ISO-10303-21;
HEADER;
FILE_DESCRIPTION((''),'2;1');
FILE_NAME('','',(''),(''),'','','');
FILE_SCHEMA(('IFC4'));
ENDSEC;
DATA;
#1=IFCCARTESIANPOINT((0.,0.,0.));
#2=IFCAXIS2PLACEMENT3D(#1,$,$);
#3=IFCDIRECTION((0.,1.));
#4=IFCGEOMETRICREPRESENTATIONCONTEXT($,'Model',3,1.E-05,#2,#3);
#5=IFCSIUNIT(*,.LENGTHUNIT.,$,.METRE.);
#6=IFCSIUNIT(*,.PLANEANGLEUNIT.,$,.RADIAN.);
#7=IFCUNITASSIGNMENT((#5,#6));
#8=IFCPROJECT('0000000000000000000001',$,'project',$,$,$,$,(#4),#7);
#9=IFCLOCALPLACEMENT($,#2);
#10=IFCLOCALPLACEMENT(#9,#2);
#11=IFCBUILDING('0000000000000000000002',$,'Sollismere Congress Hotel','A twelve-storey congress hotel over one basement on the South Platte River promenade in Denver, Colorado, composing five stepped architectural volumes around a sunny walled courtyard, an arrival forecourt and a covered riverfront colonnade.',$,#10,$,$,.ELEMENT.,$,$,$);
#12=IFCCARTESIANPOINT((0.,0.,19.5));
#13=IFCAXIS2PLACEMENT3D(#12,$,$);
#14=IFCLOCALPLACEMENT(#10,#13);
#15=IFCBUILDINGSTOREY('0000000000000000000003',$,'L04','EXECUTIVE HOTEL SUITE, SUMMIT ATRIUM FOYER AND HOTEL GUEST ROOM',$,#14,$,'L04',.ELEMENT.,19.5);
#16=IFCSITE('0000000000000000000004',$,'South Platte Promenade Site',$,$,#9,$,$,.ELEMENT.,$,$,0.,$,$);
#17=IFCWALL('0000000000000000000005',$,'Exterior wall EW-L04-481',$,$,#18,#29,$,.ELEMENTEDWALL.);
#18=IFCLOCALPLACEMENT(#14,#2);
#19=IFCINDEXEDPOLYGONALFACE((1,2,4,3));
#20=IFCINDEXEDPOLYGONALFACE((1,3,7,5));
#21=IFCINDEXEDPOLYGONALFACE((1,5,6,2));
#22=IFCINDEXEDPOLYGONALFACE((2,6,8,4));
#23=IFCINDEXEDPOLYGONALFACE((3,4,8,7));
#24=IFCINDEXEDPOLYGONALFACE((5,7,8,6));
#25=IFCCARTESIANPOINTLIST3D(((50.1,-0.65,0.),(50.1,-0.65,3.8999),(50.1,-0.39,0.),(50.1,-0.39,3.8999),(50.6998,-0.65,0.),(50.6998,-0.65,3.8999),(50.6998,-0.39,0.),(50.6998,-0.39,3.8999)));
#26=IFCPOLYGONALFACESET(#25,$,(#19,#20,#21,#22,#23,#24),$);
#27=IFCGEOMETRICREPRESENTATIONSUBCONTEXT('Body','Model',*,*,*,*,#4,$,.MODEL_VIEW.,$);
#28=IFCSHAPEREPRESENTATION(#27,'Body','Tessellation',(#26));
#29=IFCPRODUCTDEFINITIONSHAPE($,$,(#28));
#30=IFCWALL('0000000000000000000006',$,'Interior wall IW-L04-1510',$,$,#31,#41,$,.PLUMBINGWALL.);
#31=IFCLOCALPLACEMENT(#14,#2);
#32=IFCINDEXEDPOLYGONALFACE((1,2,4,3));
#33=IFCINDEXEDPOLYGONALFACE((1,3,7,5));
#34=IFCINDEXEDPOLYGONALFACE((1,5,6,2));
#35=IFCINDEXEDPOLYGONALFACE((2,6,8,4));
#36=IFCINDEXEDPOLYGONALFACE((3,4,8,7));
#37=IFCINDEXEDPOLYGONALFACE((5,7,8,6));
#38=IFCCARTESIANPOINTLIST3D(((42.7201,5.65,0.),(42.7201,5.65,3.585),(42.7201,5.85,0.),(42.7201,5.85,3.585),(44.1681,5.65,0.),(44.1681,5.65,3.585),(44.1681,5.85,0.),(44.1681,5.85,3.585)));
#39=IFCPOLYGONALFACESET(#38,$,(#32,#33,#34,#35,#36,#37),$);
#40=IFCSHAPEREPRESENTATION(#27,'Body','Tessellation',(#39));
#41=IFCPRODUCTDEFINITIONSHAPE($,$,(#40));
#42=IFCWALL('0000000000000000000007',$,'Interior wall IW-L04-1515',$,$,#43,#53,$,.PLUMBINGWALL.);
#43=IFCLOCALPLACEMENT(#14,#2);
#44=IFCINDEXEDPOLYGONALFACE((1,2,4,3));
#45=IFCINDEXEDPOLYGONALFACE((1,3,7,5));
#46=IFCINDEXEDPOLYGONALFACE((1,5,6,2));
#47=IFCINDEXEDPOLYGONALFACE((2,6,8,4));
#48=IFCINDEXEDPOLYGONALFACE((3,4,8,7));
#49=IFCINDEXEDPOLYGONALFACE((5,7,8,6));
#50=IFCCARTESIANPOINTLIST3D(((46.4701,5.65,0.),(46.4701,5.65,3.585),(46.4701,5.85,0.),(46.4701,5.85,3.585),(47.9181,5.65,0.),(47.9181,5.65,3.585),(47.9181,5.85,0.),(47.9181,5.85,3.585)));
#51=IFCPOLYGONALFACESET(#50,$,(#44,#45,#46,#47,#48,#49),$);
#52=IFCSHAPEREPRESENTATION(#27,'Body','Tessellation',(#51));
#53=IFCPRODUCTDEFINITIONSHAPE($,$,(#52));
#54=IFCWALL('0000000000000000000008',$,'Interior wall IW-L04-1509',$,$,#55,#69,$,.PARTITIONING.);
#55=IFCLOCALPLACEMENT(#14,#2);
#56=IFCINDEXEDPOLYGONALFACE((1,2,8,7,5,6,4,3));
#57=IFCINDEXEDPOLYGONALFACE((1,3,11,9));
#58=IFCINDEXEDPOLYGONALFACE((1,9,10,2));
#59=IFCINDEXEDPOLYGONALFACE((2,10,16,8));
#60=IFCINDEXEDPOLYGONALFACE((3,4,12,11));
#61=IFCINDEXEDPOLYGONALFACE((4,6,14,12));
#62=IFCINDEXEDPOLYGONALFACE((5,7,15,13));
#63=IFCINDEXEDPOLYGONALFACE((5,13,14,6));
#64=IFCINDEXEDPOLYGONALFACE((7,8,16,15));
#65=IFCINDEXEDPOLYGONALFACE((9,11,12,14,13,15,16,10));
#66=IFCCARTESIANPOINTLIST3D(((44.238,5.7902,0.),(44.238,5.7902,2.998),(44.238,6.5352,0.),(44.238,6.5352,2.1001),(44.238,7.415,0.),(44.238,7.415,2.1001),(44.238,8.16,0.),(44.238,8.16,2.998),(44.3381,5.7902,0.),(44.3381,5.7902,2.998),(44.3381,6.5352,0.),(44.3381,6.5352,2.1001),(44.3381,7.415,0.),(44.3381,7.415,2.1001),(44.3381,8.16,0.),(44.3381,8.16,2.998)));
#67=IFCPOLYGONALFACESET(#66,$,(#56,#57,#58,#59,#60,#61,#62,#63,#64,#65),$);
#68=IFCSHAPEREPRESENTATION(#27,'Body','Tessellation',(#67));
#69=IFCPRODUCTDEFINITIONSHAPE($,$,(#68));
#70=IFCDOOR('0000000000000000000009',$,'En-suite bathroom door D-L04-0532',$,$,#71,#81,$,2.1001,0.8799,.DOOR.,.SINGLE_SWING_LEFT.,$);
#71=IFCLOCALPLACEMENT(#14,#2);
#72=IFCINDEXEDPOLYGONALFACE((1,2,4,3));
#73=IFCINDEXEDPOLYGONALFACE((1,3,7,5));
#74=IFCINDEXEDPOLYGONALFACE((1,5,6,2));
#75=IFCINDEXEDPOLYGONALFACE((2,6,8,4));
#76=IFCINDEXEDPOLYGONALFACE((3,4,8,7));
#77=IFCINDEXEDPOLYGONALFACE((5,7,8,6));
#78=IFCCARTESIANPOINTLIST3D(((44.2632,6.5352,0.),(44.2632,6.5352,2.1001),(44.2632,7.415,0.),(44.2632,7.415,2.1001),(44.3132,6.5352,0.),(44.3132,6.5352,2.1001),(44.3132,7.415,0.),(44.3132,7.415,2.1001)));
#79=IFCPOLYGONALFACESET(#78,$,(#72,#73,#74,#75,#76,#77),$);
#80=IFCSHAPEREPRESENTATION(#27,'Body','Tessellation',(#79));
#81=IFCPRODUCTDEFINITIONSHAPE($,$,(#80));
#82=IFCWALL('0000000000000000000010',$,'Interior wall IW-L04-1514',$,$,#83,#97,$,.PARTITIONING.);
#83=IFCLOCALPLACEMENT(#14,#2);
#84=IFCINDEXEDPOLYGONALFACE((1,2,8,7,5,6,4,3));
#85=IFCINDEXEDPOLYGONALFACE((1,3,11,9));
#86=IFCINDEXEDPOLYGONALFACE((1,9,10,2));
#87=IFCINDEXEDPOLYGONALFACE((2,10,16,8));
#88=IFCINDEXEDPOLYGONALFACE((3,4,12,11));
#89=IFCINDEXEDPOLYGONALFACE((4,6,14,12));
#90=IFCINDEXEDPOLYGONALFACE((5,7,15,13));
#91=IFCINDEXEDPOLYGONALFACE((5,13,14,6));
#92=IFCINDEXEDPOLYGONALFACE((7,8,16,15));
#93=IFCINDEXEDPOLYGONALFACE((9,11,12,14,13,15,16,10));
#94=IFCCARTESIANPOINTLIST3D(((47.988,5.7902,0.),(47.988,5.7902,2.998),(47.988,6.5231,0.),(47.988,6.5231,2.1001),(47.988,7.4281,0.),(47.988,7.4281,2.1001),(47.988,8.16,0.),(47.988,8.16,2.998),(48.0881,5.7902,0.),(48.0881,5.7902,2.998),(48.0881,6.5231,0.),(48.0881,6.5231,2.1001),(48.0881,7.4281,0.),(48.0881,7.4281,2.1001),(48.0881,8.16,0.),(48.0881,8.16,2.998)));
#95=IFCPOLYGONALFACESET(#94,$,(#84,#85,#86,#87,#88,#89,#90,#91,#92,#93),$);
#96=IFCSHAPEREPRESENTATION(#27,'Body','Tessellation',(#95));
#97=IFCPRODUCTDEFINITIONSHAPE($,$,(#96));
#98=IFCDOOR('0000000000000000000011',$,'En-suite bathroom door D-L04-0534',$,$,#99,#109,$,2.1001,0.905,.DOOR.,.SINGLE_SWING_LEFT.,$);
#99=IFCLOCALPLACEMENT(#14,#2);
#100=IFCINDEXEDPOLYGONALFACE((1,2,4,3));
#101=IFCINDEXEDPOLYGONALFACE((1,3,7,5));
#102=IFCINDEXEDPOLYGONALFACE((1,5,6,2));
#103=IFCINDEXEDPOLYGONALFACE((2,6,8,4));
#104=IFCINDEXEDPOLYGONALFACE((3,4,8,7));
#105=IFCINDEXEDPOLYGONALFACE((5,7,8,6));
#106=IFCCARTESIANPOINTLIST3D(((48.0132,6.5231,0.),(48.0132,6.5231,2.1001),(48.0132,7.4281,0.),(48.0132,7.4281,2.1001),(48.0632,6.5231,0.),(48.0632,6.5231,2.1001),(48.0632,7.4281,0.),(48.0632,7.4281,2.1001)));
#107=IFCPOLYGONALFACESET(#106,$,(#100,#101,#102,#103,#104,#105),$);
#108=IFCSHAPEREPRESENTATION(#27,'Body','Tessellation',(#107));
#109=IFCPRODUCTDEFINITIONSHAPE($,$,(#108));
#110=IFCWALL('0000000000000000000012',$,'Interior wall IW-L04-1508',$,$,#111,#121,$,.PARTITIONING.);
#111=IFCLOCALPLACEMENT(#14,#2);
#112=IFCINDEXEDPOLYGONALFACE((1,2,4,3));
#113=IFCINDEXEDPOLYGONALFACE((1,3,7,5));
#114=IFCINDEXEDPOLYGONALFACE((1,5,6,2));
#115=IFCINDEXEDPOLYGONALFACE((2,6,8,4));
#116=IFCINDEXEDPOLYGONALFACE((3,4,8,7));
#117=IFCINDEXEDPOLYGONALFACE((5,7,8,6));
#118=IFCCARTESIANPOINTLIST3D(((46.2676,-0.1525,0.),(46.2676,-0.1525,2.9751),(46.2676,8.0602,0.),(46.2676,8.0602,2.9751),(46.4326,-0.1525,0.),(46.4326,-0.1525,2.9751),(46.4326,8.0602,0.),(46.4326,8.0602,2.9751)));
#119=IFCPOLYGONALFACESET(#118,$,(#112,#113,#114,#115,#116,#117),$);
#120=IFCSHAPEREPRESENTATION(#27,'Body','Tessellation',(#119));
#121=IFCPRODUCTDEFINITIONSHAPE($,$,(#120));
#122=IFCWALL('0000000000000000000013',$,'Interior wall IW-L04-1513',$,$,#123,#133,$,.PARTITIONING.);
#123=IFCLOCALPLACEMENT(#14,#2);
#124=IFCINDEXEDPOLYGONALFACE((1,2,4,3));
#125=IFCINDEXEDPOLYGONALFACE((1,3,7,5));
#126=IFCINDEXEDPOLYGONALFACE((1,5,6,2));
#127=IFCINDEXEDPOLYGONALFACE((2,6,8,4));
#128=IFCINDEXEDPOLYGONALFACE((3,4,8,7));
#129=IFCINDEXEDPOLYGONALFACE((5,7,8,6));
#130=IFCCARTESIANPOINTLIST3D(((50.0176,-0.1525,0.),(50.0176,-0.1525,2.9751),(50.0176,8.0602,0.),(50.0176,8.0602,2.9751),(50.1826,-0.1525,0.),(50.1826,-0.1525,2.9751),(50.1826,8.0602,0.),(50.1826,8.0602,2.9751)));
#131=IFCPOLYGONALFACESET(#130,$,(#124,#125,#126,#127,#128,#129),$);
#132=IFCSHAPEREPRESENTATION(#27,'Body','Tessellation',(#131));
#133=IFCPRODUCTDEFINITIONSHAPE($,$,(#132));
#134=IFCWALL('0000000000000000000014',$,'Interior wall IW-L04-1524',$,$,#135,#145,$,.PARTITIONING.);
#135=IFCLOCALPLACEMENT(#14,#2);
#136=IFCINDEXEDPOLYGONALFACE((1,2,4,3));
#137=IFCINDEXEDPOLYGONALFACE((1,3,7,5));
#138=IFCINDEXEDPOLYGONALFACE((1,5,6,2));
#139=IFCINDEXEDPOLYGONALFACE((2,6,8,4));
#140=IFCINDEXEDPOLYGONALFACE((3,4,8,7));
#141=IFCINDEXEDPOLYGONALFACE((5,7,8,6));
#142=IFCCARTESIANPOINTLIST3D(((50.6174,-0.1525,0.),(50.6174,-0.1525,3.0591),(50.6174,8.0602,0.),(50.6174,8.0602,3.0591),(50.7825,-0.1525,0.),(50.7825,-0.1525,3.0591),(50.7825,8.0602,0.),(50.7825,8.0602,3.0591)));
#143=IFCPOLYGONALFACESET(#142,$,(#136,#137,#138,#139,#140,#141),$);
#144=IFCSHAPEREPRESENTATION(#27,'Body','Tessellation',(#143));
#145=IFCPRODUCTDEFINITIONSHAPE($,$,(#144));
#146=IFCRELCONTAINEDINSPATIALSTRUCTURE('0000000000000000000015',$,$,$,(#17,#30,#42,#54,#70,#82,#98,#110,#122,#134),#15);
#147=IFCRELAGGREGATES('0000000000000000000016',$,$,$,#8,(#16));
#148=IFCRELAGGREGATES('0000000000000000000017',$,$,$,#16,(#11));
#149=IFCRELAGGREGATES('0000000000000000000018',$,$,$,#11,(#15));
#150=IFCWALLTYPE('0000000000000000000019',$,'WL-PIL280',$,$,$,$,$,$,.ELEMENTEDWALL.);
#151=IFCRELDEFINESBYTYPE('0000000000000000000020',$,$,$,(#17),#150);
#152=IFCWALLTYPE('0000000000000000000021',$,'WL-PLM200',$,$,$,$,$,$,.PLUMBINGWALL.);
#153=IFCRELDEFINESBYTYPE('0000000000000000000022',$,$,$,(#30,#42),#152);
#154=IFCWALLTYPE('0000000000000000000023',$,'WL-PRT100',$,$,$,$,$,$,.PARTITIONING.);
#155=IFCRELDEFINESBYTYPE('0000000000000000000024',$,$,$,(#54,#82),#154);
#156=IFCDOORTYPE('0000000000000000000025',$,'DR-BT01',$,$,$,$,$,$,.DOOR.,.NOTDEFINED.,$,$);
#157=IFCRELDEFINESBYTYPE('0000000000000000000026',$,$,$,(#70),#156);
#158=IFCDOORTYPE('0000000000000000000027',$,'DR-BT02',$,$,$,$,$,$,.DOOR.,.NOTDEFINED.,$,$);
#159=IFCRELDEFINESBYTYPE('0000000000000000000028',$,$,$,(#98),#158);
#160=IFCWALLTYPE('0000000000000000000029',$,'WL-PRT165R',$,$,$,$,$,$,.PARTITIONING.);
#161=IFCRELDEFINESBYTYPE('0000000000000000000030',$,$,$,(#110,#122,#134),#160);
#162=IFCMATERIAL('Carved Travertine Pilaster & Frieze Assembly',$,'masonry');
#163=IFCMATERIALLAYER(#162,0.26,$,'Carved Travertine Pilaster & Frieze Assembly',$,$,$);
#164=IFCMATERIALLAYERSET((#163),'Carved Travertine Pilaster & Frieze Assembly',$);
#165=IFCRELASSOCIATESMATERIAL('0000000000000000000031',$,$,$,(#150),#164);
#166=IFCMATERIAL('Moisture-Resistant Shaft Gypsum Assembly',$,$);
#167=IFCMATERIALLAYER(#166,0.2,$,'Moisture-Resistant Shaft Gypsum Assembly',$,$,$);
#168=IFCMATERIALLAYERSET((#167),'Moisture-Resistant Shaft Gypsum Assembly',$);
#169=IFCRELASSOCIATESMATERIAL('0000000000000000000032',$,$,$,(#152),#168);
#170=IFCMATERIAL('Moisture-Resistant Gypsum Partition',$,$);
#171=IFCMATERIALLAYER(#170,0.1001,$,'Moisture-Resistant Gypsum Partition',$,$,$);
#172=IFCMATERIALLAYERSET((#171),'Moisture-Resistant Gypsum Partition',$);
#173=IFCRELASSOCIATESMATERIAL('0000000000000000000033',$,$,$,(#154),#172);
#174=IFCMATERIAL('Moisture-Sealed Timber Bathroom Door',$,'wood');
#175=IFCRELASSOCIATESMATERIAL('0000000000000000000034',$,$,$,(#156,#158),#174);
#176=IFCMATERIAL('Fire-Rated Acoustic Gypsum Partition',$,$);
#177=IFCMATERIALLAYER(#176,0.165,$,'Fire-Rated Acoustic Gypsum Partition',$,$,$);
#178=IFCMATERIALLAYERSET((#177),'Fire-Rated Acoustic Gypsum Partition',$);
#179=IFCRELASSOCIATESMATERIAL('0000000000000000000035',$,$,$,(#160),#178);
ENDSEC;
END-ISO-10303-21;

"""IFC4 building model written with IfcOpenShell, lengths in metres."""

from ifc_helpers import new_model, si_unit, direction, frame, frame_2d, origin, place, context, subcontext, project, spatial, rectangle, extrude, material, layer, layer_set, type_object, element, fill, save


model = new_model("IFC4")

# Units and contexts
model_context = context("Model", 3, precision=1e-05, world=origin(), true_north=direction((0.0, 1.0)))
body_context = subcontext(model_context, "Body", "Model", "MODEL_VIEW")
ifc_project = project(units=[si_unit("LENGTHUNIT", "METRE"), si_unit("PLANEANGLEUNIT", "RADIAN")], contexts=[model_context])

# Site, building, storey
site_placement = place(None, origin())
site = spatial("IfcSite", under=ifc_project, at=site_placement, Name="South Platte Promenade Site", CompositionType="ELEMENT", RefElevation=0.0)
building_placement = place(site_placement, origin())
building = spatial("IfcBuilding", under=site, at=building_placement, Name="Sollismere Congress Hotel", Description="A twelve-storey congress hotel over one basement on the South Platte River promenade in Denver, Colorado, composing five stepped architectural volumes around a sunny walled courtyard, an arrival forecourt and a covered riverfront colonnade.", CompositionType="ELEMENT")
storey_placement = place(building_placement, frame((0.0, 0.0, 19.5)))
storey = spatial("IfcBuildingStorey", under=building, at=storey_placement, Name="L04", Description="EXECUTIVE HOTEL SUITE, SUMMIT ATRIUM FOYER AND HOTEL GUEST ROOM", LongName="L04", CompositionType="ELEMENT", Elevation=19.5)

# Walls
ifc_material_1 = material(Name="Carved Travertine Pilaster & Frieze Assembly", Category="masonry")
ifc_layer_1 = layer(ifc_material_1, 0.26, Name="Carved Travertine Pilaster & Frieze Assembly")
ifc_layer_set_1 = layer_set([ifc_layer_1], Name="Carved Travertine Pilaster & Frieze Assembly")
wall_type_1 = type_object("IfcWallType", Name="WL-PIL280", PredefinedType="ELEMENTEDWALL", material=ifc_layer_set_1)
wall_1_placement = place(storey_placement, frame((50.1001, -0.52, 0.0), z_axis=(0.0, 0.0, 1.0), x_axis=(1.0, 0.0, 0.0)))
element("IfcWall", 1, at=wall_1_placement, inside=storey, type_object=wall_type_1, Name="Exterior wall EW-L04-481", PredefinedType="ELEMENTEDWALL", context=body_context, shape_type="SweptSolid", body=[
    extrude(rectangle(XDim=0.5999, YDim=0.26, at=frame_2d((0.2998, 0.0))), origin(), (0.0, 0.0, 1.0), 3.8999),
])
ifc_material_2 = material(Name="Moisture-Resistant Shaft Gypsum Assembly")
ifc_layer_2 = layer(ifc_material_2, 0.2, Name="Moisture-Resistant Shaft Gypsum Assembly")
ifc_layer_set_2 = layer_set([ifc_layer_2], Name="Moisture-Resistant Shaft Gypsum Assembly")
wall_type_2 = type_object("IfcWallType", Name="WL-PLM200", PredefinedType="PLUMBINGWALL", material=ifc_layer_set_2)
for number, where, z_axis, x_axis, name in (
    (2, (42.72, 5.75, 0.0), (0.0, 0.0, 1.0), (1.0, 0.0, 0.0), "Interior wall IW-L04-1510"),
    (3, (46.47, 5.75, 0.0), (0.0, 0.0, 1.0), (1.0, 0.0, 0.0), "Interior wall IW-L04-1515"),
):
    element("IfcWall", number, at=place(storey_placement, frame(where, z_axis=z_axis, x_axis=x_axis)), inside=storey, type_object=wall_type_2, Name=name, PredefinedType="PLUMBINGWALL", context=body_context, shape_type="SweptSolid", body=[
        extrude(rectangle(XDim=1.448, YDim=0.2, at=frame_2d((0.7241, 0.0))), origin(), (0.0, 0.0, 1.0), 3.585),
    ])

# Walls, openings, doors
ifc_material_3 = material(Name="Moisture-Resistant Gypsum Partition")
ifc_layer_3 = layer(ifc_material_3, 0.1001, Name="Moisture-Resistant Gypsum Partition")
ifc_layer_set_3 = layer_set([ifc_layer_3], Name="Moisture-Resistant Gypsum Partition")
wall_type_3 = type_object("IfcWallType", Name="WL-PRT100", PredefinedType="PARTITIONING", material=ifc_layer_set_3)
wall_2_placement = place(storey_placement, frame((44.2881, 5.79, 0.0), z_axis=(0.0, 0.0, 1.0), x_axis=(0.0, 1.0, 0.0)))
wall_2 = element("IfcWall", 4, at=wall_2_placement, inside=storey, type_object=wall_type_3, Name="Interior wall IW-L04-1509", PredefinedType="PARTITIONING", context=body_context, shape_type="SweptSolid", body=[
    extrude(rectangle(XDim=2.3699, YDim=0.1001, at=frame_2d((1.1851, 0.0))), origin(), (0.0, 0.0, 1.0), 2.998),
])
opening_1_placement = place(wall_2_placement, frame((0.7451, 0.0, 0.0)))
opening_1 = element("IfcOpeningElement", 5, at=opening_1_placement, cuts=wall_2, PredefinedType="OPENING", context=body_context, shape_type="SweptSolid", body=[
    extrude(rectangle(XDim=0.8799, YDim=2.1001, at=frame_2d((0.4399, 1.05))), frame((0.0, 0.0601, 0.0), z_axis=(0.0, -1.0, 0.0), x_axis=(1.0, 0.0, 0.0)), (0.0, 0.0, 1.0), 0.1201),
])
ifc_material_4 = material(Name="Moisture-Sealed Timber Bathroom Door", Category="wood")
door_type_1 = type_object("IfcDoorType", Name="DR-BT01", OperationType="NOTDEFINED", PredefinedType="DOOR", material=ifc_material_4)
door_1_placement = place(opening_1_placement, origin())
door_1 = element("IfcDoor", 6, at=door_1_placement, inside=storey, type_object=door_type_1, Name="En-suite bathroom door D-L04-0532", OperationType="SINGLE_SWING_LEFT", OverallHeight=2.1001, OverallWidth=0.8799, PredefinedType="DOOR", context=body_context, shape_type="SweptSolid", body=[
    extrude(rectangle(XDim=0.8799, YDim=2.1001, at=frame_2d((0.4399, 1.05))), frame((0.0, 0.0249, 0.0), z_axis=(0.0, -1.0, 0.0), x_axis=(1.0, 0.0, 0.0)), (0.0, 0.0, 1.0), 0.05),
])
fill(opening_1, door_1)
wall_3_placement = place(storey_placement, frame((48.0381, 5.79, 0.0), z_axis=(0.0, 0.0, 1.0), x_axis=(0.0, 1.0, 0.0)))
wall_3 = element("IfcWall", 7, at=wall_3_placement, inside=storey, type_object=wall_type_3, Name="Interior wall IW-L04-1514", PredefinedType="PARTITIONING", context=body_context, shape_type="SweptSolid", body=[
    extrude(rectangle(XDim=2.3699, YDim=0.1001, at=frame_2d((1.1851, 0.0))), origin(), (0.0, 0.0, 1.0), 2.998),
])
opening_2_placement = place(wall_3_placement, frame((0.7329, 0.0, 0.0)))
opening_2 = element("IfcOpeningElement", 8, at=opening_2_placement, cuts=wall_3, PredefinedType="OPENING", context=body_context, shape_type="SweptSolid", body=[
    extrude(rectangle(XDim=0.905, YDim=2.1001, at=frame_2d((0.4526, 1.05))), frame((0.0, 0.0601, 0.0), z_axis=(0.0, -1.0, 0.0), x_axis=(1.0, 0.0, 0.0)), (0.0, 0.0, 1.0), 0.1201),
])
door_type_2 = type_object("IfcDoorType", Name="DR-BT02", OperationType="NOTDEFINED", PredefinedType="DOOR", material=ifc_material_4)
door_2_placement = place(opening_2_placement, origin())
door_2 = element("IfcDoor", 9, at=door_2_placement, inside=storey, type_object=door_type_2, Name="En-suite bathroom door D-L04-0534", OperationType="SINGLE_SWING_LEFT", OverallHeight=2.1001, OverallWidth=0.905, PredefinedType="DOOR", context=body_context, shape_type="SweptSolid", body=[
    extrude(rectangle(XDim=0.905, YDim=2.1001, at=frame_2d((0.4526, 1.05))), frame((0.0, 0.0249, 0.0), z_axis=(0.0, -1.0, 0.0), x_axis=(1.0, 0.0, 0.0)), (0.0, 0.0, 1.0), 0.05),
])
fill(opening_2, door_2)

# Walls
ifc_material_5 = material(Name="Fire-Rated Acoustic Gypsum Partition")
ifc_layer_4 = layer(ifc_material_5, 0.165, Name="Fire-Rated Acoustic Gypsum Partition")
ifc_layer_set_4 = layer_set([ifc_layer_4], Name="Fire-Rated Acoustic Gypsum Partition")
wall_type_4 = type_object("IfcWallType", Name="WL-PRT165R", PredefinedType="PARTITIONING", material=ifc_layer_set_4)
for number, where, z_axis, x_axis, name in (
    (10, (46.3501, -0.1526, 0.0), (0.0, 0.0, 1.0), (0.0, 1.0, 0.0), "Interior wall IW-L04-1508"),
    (11, (50.1001, -0.1526, 0.0), (0.0, 0.0, 1.0), (0.0, 1.0, 0.0), "Interior wall IW-L04-1513"),
):
    element("IfcWall", number, at=place(storey_placement, frame(where, z_axis=z_axis, x_axis=x_axis)), inside=storey, type_object=wall_type_4, Name=name, PredefinedType="PARTITIONING", context=body_context, shape_type="SweptSolid", body=[
        extrude(rectangle(XDim=8.2126, YDim=0.165, at=frame_2d((4.1064, 0.0))), origin(), (0.0, 0.0, 1.0), 2.9751),
    ])
wall_4_placement = place(storey_placement, frame((50.7, -0.1526, 0.0), z_axis=(0.0, 0.0, 1.0), x_axis=(0.0, 1.0, 0.0)))
element("IfcWall", 12, at=wall_4_placement, inside=storey, type_object=wall_type_4, Name="Interior wall IW-L04-1524", PredefinedType="PARTITIONING", context=body_context, shape_type="SweptSolid", body=[
    extrude(rectangle(XDim=8.2126, YDim=0.165, at=frame_2d((4.1064, 0.0))), origin(), (0.0, 0.0, 1.0), 3.0591),
])

save(model, "model.ifc")
